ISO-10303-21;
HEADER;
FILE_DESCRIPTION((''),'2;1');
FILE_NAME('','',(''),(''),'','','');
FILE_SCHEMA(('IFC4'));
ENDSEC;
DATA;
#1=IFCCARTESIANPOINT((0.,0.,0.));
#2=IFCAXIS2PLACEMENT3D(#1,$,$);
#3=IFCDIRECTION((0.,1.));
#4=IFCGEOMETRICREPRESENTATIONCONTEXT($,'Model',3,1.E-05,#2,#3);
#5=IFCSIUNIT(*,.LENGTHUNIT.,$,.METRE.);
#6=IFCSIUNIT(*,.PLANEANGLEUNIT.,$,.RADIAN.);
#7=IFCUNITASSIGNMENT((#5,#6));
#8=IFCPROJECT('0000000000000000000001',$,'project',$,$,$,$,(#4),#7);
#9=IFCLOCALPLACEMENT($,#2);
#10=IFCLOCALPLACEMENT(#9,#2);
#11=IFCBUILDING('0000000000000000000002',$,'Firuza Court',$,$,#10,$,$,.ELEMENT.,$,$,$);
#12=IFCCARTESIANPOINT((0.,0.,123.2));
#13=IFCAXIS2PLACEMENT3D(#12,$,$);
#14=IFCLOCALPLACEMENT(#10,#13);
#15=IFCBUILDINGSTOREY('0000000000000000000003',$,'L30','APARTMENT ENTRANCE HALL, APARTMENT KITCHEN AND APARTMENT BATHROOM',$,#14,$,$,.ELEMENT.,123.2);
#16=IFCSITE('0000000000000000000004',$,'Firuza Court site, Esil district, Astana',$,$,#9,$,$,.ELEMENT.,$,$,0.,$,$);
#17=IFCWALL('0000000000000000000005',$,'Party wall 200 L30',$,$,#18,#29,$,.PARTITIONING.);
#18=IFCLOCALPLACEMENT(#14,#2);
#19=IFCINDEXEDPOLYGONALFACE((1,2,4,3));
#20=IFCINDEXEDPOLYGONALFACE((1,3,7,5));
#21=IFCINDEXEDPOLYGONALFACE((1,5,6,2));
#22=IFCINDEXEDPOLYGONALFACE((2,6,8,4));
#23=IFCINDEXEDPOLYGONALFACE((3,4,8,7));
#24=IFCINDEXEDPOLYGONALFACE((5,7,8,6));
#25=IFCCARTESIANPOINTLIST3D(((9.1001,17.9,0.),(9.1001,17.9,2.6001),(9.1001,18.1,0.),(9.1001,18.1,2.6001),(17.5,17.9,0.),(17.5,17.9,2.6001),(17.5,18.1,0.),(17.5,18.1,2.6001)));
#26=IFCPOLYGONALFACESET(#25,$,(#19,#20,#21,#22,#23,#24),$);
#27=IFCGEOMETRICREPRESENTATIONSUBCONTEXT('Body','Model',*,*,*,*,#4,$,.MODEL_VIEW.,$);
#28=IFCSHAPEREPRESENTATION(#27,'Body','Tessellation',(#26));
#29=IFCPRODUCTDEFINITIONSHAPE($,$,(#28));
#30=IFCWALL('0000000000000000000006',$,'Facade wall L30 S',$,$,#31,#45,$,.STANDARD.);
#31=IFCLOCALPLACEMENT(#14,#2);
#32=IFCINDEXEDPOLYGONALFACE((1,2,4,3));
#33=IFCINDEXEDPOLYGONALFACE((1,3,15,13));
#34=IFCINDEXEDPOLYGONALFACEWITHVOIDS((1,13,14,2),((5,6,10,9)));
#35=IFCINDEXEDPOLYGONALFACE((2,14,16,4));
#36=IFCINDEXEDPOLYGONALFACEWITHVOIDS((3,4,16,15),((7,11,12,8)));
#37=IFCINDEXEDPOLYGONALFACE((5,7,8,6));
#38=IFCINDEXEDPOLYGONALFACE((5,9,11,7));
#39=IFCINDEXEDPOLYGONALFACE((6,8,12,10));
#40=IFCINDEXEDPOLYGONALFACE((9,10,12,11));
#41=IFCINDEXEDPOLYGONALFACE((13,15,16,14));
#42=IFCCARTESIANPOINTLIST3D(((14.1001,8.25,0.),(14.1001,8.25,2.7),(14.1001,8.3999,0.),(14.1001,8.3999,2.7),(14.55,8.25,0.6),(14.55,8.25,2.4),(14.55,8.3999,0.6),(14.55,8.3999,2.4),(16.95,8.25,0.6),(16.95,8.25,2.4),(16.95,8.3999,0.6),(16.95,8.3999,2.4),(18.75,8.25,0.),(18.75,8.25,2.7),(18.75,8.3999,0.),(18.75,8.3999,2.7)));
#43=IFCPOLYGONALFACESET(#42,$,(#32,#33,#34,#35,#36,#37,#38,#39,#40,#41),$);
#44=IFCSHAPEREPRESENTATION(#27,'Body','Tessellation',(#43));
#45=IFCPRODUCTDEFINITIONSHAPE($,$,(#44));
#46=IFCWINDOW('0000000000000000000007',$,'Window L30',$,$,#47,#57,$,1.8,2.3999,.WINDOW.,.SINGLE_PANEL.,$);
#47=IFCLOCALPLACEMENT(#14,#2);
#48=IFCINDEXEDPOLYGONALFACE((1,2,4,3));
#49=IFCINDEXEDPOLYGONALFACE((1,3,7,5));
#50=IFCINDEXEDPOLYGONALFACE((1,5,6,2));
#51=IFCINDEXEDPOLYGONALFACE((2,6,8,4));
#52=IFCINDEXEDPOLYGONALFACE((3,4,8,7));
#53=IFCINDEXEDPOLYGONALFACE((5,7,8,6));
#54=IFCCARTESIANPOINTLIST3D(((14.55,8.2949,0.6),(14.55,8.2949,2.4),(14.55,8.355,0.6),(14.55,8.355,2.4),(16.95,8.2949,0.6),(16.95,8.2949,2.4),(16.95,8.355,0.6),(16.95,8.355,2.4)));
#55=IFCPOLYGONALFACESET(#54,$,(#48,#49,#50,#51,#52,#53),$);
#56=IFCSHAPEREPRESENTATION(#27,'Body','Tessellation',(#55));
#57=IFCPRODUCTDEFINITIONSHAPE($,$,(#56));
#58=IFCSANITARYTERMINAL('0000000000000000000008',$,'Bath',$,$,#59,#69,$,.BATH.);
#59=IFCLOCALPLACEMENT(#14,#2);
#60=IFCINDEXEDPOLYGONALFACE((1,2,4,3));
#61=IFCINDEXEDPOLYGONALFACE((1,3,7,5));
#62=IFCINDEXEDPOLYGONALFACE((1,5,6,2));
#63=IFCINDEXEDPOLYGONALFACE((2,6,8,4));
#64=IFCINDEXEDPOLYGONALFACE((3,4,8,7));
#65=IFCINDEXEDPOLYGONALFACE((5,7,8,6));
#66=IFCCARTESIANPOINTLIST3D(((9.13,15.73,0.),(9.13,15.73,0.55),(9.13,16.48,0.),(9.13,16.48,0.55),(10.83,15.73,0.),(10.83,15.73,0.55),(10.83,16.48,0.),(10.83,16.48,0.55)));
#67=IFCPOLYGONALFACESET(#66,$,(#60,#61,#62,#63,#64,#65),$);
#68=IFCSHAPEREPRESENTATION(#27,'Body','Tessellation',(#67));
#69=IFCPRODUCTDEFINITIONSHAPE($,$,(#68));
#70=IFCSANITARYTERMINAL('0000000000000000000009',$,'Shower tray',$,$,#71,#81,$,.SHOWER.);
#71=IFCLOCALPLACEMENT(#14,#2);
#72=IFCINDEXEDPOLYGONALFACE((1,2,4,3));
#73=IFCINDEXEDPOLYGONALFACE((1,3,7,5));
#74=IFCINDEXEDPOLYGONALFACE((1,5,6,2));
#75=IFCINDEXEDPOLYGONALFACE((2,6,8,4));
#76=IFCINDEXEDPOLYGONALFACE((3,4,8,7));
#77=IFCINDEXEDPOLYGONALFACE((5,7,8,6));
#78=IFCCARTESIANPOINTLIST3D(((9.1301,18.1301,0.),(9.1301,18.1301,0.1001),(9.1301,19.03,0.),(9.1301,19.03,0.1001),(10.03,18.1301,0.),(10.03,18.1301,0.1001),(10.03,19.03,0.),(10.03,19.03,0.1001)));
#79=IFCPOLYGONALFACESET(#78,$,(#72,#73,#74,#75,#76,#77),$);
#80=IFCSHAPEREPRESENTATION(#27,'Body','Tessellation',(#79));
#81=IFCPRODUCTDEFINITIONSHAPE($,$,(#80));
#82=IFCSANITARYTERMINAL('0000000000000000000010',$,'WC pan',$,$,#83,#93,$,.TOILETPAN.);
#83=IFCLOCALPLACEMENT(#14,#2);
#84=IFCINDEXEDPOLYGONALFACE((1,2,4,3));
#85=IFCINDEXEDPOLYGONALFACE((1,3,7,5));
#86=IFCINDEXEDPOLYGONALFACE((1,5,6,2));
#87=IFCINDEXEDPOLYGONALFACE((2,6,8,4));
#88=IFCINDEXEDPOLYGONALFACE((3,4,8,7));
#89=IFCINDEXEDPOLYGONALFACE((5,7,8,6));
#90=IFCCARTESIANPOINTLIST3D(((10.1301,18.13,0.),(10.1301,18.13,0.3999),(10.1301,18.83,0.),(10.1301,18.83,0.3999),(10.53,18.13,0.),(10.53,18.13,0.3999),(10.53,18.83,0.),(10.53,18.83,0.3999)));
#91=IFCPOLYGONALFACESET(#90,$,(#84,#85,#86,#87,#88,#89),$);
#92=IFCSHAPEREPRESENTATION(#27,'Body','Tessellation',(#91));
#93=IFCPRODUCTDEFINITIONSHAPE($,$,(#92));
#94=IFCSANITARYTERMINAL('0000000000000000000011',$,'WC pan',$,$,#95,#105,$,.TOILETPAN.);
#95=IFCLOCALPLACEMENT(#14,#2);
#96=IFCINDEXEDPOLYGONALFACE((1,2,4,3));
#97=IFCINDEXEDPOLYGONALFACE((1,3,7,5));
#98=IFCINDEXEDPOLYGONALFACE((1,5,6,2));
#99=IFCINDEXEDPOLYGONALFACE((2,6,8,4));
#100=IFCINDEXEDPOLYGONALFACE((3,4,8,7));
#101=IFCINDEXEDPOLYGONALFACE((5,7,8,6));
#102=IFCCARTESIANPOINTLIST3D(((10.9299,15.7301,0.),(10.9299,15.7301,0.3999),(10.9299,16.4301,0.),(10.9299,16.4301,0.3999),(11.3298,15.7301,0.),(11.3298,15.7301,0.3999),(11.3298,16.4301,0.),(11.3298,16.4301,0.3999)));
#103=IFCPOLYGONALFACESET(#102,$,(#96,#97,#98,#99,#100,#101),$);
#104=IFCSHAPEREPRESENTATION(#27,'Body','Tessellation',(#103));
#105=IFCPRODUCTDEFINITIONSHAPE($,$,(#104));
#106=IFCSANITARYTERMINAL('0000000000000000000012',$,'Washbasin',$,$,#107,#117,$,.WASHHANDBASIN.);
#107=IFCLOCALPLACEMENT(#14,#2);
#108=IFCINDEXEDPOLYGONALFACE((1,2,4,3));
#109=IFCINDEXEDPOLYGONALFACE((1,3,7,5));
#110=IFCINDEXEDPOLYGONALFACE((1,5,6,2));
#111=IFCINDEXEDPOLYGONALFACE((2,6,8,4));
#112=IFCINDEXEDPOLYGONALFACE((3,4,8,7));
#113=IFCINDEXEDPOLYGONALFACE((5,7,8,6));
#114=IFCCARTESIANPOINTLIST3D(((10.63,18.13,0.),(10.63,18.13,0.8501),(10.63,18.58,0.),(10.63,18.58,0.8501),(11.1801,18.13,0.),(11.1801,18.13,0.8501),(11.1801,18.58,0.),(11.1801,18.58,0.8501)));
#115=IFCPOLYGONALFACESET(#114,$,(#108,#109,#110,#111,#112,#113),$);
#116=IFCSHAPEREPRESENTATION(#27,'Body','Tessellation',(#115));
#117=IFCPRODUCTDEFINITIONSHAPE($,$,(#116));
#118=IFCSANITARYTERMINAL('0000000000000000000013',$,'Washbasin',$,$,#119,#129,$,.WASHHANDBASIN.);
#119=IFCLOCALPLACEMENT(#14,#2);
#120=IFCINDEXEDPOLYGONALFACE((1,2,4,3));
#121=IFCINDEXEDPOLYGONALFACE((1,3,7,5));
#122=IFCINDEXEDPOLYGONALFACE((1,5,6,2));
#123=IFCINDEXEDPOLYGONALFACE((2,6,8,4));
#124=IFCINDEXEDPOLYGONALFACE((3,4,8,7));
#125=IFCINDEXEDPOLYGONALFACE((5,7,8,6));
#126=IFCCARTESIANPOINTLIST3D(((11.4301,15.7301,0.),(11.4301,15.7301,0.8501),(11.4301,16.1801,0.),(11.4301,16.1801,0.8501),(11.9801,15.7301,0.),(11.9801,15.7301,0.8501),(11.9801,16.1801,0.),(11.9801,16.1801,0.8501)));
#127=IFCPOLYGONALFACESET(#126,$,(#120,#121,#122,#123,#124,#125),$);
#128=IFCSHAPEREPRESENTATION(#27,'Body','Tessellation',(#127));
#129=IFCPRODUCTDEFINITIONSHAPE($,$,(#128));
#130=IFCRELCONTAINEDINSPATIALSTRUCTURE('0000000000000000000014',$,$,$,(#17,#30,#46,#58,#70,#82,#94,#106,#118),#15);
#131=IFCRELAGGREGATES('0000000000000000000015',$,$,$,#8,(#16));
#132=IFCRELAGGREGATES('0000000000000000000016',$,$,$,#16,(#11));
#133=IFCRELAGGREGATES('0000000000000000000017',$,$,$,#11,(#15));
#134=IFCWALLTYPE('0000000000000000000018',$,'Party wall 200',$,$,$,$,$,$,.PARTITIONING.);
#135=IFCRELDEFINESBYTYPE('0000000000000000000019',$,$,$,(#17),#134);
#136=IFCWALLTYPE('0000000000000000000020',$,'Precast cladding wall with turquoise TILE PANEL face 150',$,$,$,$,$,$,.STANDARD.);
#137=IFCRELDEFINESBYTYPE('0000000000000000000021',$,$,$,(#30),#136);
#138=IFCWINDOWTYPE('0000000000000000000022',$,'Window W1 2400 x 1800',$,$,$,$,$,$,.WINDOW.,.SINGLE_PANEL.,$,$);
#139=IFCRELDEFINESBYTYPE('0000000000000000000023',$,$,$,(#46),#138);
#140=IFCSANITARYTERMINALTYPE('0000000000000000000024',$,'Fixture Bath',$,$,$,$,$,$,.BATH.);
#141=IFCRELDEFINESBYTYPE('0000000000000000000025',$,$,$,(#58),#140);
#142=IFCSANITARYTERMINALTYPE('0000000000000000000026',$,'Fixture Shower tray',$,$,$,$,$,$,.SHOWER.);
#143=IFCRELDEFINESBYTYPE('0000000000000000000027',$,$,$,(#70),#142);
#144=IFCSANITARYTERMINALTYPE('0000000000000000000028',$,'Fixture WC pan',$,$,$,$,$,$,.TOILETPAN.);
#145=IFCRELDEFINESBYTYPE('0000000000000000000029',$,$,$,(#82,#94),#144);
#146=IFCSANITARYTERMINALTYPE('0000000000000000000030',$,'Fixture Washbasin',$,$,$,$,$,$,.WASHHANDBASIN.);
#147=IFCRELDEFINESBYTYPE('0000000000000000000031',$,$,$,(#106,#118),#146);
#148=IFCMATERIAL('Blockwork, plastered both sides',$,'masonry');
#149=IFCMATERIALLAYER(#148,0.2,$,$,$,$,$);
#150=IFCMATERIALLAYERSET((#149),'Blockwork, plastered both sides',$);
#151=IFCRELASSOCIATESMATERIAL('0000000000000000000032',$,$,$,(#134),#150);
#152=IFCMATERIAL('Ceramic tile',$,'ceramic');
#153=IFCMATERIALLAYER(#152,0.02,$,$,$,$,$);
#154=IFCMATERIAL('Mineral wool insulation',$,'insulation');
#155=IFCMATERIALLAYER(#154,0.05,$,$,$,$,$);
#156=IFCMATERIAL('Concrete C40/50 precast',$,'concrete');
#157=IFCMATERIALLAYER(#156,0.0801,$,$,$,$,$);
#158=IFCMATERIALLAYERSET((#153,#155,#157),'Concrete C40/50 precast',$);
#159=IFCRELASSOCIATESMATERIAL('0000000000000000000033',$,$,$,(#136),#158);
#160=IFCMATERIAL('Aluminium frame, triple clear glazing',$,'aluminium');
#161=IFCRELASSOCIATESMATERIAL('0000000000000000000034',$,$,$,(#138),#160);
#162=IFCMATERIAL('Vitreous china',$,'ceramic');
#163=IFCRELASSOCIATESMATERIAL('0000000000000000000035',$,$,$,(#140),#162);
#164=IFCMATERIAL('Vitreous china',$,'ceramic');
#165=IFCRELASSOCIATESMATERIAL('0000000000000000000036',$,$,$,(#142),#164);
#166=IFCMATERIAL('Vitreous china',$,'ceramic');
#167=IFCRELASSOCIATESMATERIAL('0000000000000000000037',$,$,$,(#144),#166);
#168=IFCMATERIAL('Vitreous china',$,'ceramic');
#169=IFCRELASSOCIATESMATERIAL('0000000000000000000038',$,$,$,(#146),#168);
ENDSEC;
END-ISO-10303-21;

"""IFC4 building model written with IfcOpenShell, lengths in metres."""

from ifc_helpers import new_model, si_unit, direction, frame, frame_2d, origin, origin_2d, place, context, subcontext, project, spatial, rectangle, extrude, material, layer, layer_set, type_object, element, fill, save


model = new_model("IFC4")

# Units and contexts
model_context = context("Model", 3, precision=1e-05, world=origin(), true_north=direction((0.0, 1.0)))
body_context = subcontext(model_context, "Body", "Model", "MODEL_VIEW")
ifc_project = project(units=[si_unit("LENGTHUNIT", "METRE"), si_unit("PLANEANGLEUNIT", "RADIAN")], contexts=[model_context])

# Site, building, storey
site_placement = place(None, origin())
site = spatial("IfcSite", under=ifc_project, at=site_placement, Name="Firuza Court site, Esil district, Astana", CompositionType="ELEMENT", RefElevation=0.0)
building_placement = place(site_placement, origin())
building = spatial("IfcBuilding", under=site, at=building_placement, Name="Firuza Court", CompositionType="ELEMENT")
storey_placement = place(building_placement, frame((0.0, 0.0, 123.2)))
storey = spatial("IfcBuildingStorey", under=building, at=storey_placement, Name="L30", Description="APARTMENT ENTRANCE HALL, APARTMENT KITCHEN AND APARTMENT BATHROOM", CompositionType="ELEMENT", Elevation=123.2)

# Wall
ifc_material_1 = material(Name="Blockwork, plastered both sides", Category="masonry")
ifc_layer_1 = layer(ifc_material_1, 0.2)
ifc_layer_set_1 = layer_set([ifc_layer_1], Name="Blockwork, plastered both sides")
wall_type_1 = type_object("IfcWallType", Name="Party wall 200", PredefinedType="PARTITIONING", material=ifc_layer_set_1)
wall_1_placement = place(storey_placement, frame((9.1001, 18.0, 0.0), z_axis=(0.0, 0.0, 1.0), x_axis=(1.0, 0.0, 0.0)))
element("IfcWall", 1, at=wall_1_placement, inside=storey, type_object=wall_type_1, Name="Party wall 200 L30", PredefinedType="PARTITIONING", context=body_context, shape_type="SweptSolid", body=[
    extrude(rectangle(XDim=8.3999, YDim=0.2, at=frame_2d((4.2, 0.0))), origin(), (0.0, 0.0, 1.0), 2.6001),
])

# Wall, opening, window
ifc_material_2 = material(Name="Ceramic tile", Category="ceramic")
ifc_layer_2 = layer(ifc_material_2, 0.02)
ifc_material_3 = material(Name="Mineral wool insulation", Category="insulation")
ifc_layer_3 = layer(ifc_material_3, 0.05)
ifc_material_4 = material(Name="Concrete C40/50 precast", Category="concrete")
ifc_layer_4 = layer(ifc_material_4, 0.0801)
ifc_layer_set_2 = layer_set([ifc_layer_2, ifc_layer_3, ifc_layer_4], Name="Concrete C40/50 precast")
wall_type_2 = type_object("IfcWallType", Name="Precast cladding wall with turquoise TILE PANEL face 150", PredefinedType="STANDARD", material=ifc_layer_set_2)
wall_2_placement = place(storey_placement, frame((14.1001, 8.325, 0.0), z_axis=(0.0, 0.0, 1.0), x_axis=(1.0, 0.0, 0.0)))
wall_2 = element("IfcWall", 2, at=wall_2_placement, inside=storey, type_object=wall_type_2, Name="Facade wall L30 S", PredefinedType="STANDARD", context=body_context, shape_type="SweptSolid", body=[
    extrude(rectangle(XDim=4.6499, YDim=0.1499, at=frame_2d((2.325, 0.0))), origin(), (0.0, 0.0, 1.0), 2.7),
])
opening_1_placement = place(wall_2_placement, frame((0.45, 0.0, 0.6001)))
opening_1 = element("IfcOpeningElement", 3, at=opening_1_placement, cuts=wall_2, PredefinedType="OPENING", context=body_context, shape_type="SweptSolid", body=[
    extrude(rectangle(XDim=2.3999, YDim=1.8, at=frame_2d((1.2, 0.8999))), frame((0.0, 0.0869, 0.0), z_axis=(0.0, -1.0, 0.0), x_axis=(1.0, 0.0, 0.0)), (0.0, 0.0, 1.0), 0.1738),
])
ifc_material_5 = material(Name="Aluminium frame, triple clear glazing", Category="aluminium")
window_type = type_object("IfcWindowType", Name="Window W1 2400 x 1800", PartitioningType="SINGLE_PANEL", PredefinedType="WINDOW", material=ifc_material_5)
window_placement = place(opening_1_placement, origin())
window = element("IfcWindow", 4, at=window_placement, inside=storey, type_object=window_type, Name="Window L30", OverallHeight=1.8, OverallWidth=2.3999, PartitioningType="SINGLE_PANEL", PredefinedType="WINDOW", context=body_context, shape_type="SweptSolid", body=[
    extrude(rectangle(XDim=2.3999, YDim=1.8, at=frame_2d((1.2, 0.8999))), frame((0.0, 0.03, 0.0), z_axis=(0.0, -1.0, 0.0), x_axis=(1.0, 0.0, 0.0)), (0.0, 0.0, 1.0), 0.0601),
])
fill(opening_1, window)

# Sanitary terminals
ifc_material_6 = material(Name="Vitreous china", Category="ceramic")
sanitary_terminal_type_1 = type_object("IfcSanitaryTerminalType", Name="Fixture Bath", PredefinedType="BATH", material=ifc_material_6)
sanitary_terminal_1_placement = place(storey_placement, frame((9.98, 16.105, 0.0), z_axis=(0.0, 0.0, 1.0), x_axis=(1.0, 0.0, 0.0)))
element("IfcSanitaryTerminal", 5, at=sanitary_terminal_1_placement, inside=storey, type_object=sanitary_terminal_type_1, Name="Bath", PredefinedType="BATH", context=body_context, shape_type="SweptSolid", body=[
    extrude(rectangle(XDim=1.7, YDim=0.75, at=origin_2d()), origin(), (0.0, 0.0, 1.0), 0.55),
])
ifc_material_7 = material(Name="Vitreous china", Category="ceramic")
sanitary_terminal_type_2 = type_object("IfcSanitaryTerminalType", Name="Fixture Shower tray", PredefinedType="SHOWER", material=ifc_material_7)
sanitary_terminal_2_placement = place(storey_placement, frame((9.5801, 18.5801, 0.0), z_axis=(0.0, 0.0, 1.0), x_axis=(1.0, 0.0, 0.0)))
element("IfcSanitaryTerminal", 6, at=sanitary_terminal_2_placement, inside=storey, type_object=sanitary_terminal_type_2, Name="Shower tray", PredefinedType="SHOWER", context=body_context, shape_type="SweptSolid", body=[
    extrude(rectangle(XDim=0.8999, YDim=0.8999, at=origin_2d()), origin(), (0.0, 0.0, 1.0), 0.1001),
])
ifc_material_8 = material(Name="Vitreous china", Category="ceramic")
sanitary_terminal_type_3 = type_object("IfcSanitaryTerminalType", Name="Fixture WC pan", PredefinedType="TOILETPAN", material=ifc_material_8)
for number, where, z_axis, x_axis, name in (
    (7, (10.3301, 18.48, 0.0), (0.0, 0.0, 1.0), (1.0, 0.0, 0.0), "WC pan"),
    (8, (11.1299, 16.0801, 0.0), (0.0, 0.0, 1.0), (1.0, 0.0, 0.0), "WC pan"),
):
    element("IfcSanitaryTerminal", number, at=place(storey_placement, frame(where, z_axis=z_axis, x_axis=x_axis)), inside=storey, type_object=sanitary_terminal_type_3, Name=name, PredefinedType="TOILETPAN", context=body_context, shape_type="SweptSolid", body=[
        extrude(rectangle(XDim=0.3999, YDim=0.7, at=origin_2d()), origin(), (0.0, 0.0, 1.0), 0.3999),
    ])
ifc_material_9 = material(Name="Vitreous china", Category="ceramic")
sanitary_terminal_type_4 = type_object("IfcSanitaryTerminalType", Name="Fixture Washbasin", PredefinedType="WASHHANDBASIN", material=ifc_material_9)
for number, where, z_axis, x_axis, name in (
    (9, (10.905, 18.355, 0.0), (0.0, 0.0, 1.0), (1.0, 0.0, 0.0), "Washbasin"),
    (10, (11.7051, 15.9551, 0.0), (0.0, 0.0, 1.0), (1.0, 0.0, 0.0), "Washbasin"),
):
    element("IfcSanitaryTerminal", number, at=place(storey_placement, frame(where, z_axis=z_axis, x_axis=x_axis)), inside=storey, type_object=sanitary_terminal_type_4, Name=name, PredefinedType="WASHHANDBASIN", context=body_context, shape_type="SweptSolid", body=[
        extrude(rectangle(XDim=0.55, YDim=0.45, at=origin_2d()), origin(), (0.0, 0.0, 1.0), 0.8501),
    ])

save(model, "model.ifc")
